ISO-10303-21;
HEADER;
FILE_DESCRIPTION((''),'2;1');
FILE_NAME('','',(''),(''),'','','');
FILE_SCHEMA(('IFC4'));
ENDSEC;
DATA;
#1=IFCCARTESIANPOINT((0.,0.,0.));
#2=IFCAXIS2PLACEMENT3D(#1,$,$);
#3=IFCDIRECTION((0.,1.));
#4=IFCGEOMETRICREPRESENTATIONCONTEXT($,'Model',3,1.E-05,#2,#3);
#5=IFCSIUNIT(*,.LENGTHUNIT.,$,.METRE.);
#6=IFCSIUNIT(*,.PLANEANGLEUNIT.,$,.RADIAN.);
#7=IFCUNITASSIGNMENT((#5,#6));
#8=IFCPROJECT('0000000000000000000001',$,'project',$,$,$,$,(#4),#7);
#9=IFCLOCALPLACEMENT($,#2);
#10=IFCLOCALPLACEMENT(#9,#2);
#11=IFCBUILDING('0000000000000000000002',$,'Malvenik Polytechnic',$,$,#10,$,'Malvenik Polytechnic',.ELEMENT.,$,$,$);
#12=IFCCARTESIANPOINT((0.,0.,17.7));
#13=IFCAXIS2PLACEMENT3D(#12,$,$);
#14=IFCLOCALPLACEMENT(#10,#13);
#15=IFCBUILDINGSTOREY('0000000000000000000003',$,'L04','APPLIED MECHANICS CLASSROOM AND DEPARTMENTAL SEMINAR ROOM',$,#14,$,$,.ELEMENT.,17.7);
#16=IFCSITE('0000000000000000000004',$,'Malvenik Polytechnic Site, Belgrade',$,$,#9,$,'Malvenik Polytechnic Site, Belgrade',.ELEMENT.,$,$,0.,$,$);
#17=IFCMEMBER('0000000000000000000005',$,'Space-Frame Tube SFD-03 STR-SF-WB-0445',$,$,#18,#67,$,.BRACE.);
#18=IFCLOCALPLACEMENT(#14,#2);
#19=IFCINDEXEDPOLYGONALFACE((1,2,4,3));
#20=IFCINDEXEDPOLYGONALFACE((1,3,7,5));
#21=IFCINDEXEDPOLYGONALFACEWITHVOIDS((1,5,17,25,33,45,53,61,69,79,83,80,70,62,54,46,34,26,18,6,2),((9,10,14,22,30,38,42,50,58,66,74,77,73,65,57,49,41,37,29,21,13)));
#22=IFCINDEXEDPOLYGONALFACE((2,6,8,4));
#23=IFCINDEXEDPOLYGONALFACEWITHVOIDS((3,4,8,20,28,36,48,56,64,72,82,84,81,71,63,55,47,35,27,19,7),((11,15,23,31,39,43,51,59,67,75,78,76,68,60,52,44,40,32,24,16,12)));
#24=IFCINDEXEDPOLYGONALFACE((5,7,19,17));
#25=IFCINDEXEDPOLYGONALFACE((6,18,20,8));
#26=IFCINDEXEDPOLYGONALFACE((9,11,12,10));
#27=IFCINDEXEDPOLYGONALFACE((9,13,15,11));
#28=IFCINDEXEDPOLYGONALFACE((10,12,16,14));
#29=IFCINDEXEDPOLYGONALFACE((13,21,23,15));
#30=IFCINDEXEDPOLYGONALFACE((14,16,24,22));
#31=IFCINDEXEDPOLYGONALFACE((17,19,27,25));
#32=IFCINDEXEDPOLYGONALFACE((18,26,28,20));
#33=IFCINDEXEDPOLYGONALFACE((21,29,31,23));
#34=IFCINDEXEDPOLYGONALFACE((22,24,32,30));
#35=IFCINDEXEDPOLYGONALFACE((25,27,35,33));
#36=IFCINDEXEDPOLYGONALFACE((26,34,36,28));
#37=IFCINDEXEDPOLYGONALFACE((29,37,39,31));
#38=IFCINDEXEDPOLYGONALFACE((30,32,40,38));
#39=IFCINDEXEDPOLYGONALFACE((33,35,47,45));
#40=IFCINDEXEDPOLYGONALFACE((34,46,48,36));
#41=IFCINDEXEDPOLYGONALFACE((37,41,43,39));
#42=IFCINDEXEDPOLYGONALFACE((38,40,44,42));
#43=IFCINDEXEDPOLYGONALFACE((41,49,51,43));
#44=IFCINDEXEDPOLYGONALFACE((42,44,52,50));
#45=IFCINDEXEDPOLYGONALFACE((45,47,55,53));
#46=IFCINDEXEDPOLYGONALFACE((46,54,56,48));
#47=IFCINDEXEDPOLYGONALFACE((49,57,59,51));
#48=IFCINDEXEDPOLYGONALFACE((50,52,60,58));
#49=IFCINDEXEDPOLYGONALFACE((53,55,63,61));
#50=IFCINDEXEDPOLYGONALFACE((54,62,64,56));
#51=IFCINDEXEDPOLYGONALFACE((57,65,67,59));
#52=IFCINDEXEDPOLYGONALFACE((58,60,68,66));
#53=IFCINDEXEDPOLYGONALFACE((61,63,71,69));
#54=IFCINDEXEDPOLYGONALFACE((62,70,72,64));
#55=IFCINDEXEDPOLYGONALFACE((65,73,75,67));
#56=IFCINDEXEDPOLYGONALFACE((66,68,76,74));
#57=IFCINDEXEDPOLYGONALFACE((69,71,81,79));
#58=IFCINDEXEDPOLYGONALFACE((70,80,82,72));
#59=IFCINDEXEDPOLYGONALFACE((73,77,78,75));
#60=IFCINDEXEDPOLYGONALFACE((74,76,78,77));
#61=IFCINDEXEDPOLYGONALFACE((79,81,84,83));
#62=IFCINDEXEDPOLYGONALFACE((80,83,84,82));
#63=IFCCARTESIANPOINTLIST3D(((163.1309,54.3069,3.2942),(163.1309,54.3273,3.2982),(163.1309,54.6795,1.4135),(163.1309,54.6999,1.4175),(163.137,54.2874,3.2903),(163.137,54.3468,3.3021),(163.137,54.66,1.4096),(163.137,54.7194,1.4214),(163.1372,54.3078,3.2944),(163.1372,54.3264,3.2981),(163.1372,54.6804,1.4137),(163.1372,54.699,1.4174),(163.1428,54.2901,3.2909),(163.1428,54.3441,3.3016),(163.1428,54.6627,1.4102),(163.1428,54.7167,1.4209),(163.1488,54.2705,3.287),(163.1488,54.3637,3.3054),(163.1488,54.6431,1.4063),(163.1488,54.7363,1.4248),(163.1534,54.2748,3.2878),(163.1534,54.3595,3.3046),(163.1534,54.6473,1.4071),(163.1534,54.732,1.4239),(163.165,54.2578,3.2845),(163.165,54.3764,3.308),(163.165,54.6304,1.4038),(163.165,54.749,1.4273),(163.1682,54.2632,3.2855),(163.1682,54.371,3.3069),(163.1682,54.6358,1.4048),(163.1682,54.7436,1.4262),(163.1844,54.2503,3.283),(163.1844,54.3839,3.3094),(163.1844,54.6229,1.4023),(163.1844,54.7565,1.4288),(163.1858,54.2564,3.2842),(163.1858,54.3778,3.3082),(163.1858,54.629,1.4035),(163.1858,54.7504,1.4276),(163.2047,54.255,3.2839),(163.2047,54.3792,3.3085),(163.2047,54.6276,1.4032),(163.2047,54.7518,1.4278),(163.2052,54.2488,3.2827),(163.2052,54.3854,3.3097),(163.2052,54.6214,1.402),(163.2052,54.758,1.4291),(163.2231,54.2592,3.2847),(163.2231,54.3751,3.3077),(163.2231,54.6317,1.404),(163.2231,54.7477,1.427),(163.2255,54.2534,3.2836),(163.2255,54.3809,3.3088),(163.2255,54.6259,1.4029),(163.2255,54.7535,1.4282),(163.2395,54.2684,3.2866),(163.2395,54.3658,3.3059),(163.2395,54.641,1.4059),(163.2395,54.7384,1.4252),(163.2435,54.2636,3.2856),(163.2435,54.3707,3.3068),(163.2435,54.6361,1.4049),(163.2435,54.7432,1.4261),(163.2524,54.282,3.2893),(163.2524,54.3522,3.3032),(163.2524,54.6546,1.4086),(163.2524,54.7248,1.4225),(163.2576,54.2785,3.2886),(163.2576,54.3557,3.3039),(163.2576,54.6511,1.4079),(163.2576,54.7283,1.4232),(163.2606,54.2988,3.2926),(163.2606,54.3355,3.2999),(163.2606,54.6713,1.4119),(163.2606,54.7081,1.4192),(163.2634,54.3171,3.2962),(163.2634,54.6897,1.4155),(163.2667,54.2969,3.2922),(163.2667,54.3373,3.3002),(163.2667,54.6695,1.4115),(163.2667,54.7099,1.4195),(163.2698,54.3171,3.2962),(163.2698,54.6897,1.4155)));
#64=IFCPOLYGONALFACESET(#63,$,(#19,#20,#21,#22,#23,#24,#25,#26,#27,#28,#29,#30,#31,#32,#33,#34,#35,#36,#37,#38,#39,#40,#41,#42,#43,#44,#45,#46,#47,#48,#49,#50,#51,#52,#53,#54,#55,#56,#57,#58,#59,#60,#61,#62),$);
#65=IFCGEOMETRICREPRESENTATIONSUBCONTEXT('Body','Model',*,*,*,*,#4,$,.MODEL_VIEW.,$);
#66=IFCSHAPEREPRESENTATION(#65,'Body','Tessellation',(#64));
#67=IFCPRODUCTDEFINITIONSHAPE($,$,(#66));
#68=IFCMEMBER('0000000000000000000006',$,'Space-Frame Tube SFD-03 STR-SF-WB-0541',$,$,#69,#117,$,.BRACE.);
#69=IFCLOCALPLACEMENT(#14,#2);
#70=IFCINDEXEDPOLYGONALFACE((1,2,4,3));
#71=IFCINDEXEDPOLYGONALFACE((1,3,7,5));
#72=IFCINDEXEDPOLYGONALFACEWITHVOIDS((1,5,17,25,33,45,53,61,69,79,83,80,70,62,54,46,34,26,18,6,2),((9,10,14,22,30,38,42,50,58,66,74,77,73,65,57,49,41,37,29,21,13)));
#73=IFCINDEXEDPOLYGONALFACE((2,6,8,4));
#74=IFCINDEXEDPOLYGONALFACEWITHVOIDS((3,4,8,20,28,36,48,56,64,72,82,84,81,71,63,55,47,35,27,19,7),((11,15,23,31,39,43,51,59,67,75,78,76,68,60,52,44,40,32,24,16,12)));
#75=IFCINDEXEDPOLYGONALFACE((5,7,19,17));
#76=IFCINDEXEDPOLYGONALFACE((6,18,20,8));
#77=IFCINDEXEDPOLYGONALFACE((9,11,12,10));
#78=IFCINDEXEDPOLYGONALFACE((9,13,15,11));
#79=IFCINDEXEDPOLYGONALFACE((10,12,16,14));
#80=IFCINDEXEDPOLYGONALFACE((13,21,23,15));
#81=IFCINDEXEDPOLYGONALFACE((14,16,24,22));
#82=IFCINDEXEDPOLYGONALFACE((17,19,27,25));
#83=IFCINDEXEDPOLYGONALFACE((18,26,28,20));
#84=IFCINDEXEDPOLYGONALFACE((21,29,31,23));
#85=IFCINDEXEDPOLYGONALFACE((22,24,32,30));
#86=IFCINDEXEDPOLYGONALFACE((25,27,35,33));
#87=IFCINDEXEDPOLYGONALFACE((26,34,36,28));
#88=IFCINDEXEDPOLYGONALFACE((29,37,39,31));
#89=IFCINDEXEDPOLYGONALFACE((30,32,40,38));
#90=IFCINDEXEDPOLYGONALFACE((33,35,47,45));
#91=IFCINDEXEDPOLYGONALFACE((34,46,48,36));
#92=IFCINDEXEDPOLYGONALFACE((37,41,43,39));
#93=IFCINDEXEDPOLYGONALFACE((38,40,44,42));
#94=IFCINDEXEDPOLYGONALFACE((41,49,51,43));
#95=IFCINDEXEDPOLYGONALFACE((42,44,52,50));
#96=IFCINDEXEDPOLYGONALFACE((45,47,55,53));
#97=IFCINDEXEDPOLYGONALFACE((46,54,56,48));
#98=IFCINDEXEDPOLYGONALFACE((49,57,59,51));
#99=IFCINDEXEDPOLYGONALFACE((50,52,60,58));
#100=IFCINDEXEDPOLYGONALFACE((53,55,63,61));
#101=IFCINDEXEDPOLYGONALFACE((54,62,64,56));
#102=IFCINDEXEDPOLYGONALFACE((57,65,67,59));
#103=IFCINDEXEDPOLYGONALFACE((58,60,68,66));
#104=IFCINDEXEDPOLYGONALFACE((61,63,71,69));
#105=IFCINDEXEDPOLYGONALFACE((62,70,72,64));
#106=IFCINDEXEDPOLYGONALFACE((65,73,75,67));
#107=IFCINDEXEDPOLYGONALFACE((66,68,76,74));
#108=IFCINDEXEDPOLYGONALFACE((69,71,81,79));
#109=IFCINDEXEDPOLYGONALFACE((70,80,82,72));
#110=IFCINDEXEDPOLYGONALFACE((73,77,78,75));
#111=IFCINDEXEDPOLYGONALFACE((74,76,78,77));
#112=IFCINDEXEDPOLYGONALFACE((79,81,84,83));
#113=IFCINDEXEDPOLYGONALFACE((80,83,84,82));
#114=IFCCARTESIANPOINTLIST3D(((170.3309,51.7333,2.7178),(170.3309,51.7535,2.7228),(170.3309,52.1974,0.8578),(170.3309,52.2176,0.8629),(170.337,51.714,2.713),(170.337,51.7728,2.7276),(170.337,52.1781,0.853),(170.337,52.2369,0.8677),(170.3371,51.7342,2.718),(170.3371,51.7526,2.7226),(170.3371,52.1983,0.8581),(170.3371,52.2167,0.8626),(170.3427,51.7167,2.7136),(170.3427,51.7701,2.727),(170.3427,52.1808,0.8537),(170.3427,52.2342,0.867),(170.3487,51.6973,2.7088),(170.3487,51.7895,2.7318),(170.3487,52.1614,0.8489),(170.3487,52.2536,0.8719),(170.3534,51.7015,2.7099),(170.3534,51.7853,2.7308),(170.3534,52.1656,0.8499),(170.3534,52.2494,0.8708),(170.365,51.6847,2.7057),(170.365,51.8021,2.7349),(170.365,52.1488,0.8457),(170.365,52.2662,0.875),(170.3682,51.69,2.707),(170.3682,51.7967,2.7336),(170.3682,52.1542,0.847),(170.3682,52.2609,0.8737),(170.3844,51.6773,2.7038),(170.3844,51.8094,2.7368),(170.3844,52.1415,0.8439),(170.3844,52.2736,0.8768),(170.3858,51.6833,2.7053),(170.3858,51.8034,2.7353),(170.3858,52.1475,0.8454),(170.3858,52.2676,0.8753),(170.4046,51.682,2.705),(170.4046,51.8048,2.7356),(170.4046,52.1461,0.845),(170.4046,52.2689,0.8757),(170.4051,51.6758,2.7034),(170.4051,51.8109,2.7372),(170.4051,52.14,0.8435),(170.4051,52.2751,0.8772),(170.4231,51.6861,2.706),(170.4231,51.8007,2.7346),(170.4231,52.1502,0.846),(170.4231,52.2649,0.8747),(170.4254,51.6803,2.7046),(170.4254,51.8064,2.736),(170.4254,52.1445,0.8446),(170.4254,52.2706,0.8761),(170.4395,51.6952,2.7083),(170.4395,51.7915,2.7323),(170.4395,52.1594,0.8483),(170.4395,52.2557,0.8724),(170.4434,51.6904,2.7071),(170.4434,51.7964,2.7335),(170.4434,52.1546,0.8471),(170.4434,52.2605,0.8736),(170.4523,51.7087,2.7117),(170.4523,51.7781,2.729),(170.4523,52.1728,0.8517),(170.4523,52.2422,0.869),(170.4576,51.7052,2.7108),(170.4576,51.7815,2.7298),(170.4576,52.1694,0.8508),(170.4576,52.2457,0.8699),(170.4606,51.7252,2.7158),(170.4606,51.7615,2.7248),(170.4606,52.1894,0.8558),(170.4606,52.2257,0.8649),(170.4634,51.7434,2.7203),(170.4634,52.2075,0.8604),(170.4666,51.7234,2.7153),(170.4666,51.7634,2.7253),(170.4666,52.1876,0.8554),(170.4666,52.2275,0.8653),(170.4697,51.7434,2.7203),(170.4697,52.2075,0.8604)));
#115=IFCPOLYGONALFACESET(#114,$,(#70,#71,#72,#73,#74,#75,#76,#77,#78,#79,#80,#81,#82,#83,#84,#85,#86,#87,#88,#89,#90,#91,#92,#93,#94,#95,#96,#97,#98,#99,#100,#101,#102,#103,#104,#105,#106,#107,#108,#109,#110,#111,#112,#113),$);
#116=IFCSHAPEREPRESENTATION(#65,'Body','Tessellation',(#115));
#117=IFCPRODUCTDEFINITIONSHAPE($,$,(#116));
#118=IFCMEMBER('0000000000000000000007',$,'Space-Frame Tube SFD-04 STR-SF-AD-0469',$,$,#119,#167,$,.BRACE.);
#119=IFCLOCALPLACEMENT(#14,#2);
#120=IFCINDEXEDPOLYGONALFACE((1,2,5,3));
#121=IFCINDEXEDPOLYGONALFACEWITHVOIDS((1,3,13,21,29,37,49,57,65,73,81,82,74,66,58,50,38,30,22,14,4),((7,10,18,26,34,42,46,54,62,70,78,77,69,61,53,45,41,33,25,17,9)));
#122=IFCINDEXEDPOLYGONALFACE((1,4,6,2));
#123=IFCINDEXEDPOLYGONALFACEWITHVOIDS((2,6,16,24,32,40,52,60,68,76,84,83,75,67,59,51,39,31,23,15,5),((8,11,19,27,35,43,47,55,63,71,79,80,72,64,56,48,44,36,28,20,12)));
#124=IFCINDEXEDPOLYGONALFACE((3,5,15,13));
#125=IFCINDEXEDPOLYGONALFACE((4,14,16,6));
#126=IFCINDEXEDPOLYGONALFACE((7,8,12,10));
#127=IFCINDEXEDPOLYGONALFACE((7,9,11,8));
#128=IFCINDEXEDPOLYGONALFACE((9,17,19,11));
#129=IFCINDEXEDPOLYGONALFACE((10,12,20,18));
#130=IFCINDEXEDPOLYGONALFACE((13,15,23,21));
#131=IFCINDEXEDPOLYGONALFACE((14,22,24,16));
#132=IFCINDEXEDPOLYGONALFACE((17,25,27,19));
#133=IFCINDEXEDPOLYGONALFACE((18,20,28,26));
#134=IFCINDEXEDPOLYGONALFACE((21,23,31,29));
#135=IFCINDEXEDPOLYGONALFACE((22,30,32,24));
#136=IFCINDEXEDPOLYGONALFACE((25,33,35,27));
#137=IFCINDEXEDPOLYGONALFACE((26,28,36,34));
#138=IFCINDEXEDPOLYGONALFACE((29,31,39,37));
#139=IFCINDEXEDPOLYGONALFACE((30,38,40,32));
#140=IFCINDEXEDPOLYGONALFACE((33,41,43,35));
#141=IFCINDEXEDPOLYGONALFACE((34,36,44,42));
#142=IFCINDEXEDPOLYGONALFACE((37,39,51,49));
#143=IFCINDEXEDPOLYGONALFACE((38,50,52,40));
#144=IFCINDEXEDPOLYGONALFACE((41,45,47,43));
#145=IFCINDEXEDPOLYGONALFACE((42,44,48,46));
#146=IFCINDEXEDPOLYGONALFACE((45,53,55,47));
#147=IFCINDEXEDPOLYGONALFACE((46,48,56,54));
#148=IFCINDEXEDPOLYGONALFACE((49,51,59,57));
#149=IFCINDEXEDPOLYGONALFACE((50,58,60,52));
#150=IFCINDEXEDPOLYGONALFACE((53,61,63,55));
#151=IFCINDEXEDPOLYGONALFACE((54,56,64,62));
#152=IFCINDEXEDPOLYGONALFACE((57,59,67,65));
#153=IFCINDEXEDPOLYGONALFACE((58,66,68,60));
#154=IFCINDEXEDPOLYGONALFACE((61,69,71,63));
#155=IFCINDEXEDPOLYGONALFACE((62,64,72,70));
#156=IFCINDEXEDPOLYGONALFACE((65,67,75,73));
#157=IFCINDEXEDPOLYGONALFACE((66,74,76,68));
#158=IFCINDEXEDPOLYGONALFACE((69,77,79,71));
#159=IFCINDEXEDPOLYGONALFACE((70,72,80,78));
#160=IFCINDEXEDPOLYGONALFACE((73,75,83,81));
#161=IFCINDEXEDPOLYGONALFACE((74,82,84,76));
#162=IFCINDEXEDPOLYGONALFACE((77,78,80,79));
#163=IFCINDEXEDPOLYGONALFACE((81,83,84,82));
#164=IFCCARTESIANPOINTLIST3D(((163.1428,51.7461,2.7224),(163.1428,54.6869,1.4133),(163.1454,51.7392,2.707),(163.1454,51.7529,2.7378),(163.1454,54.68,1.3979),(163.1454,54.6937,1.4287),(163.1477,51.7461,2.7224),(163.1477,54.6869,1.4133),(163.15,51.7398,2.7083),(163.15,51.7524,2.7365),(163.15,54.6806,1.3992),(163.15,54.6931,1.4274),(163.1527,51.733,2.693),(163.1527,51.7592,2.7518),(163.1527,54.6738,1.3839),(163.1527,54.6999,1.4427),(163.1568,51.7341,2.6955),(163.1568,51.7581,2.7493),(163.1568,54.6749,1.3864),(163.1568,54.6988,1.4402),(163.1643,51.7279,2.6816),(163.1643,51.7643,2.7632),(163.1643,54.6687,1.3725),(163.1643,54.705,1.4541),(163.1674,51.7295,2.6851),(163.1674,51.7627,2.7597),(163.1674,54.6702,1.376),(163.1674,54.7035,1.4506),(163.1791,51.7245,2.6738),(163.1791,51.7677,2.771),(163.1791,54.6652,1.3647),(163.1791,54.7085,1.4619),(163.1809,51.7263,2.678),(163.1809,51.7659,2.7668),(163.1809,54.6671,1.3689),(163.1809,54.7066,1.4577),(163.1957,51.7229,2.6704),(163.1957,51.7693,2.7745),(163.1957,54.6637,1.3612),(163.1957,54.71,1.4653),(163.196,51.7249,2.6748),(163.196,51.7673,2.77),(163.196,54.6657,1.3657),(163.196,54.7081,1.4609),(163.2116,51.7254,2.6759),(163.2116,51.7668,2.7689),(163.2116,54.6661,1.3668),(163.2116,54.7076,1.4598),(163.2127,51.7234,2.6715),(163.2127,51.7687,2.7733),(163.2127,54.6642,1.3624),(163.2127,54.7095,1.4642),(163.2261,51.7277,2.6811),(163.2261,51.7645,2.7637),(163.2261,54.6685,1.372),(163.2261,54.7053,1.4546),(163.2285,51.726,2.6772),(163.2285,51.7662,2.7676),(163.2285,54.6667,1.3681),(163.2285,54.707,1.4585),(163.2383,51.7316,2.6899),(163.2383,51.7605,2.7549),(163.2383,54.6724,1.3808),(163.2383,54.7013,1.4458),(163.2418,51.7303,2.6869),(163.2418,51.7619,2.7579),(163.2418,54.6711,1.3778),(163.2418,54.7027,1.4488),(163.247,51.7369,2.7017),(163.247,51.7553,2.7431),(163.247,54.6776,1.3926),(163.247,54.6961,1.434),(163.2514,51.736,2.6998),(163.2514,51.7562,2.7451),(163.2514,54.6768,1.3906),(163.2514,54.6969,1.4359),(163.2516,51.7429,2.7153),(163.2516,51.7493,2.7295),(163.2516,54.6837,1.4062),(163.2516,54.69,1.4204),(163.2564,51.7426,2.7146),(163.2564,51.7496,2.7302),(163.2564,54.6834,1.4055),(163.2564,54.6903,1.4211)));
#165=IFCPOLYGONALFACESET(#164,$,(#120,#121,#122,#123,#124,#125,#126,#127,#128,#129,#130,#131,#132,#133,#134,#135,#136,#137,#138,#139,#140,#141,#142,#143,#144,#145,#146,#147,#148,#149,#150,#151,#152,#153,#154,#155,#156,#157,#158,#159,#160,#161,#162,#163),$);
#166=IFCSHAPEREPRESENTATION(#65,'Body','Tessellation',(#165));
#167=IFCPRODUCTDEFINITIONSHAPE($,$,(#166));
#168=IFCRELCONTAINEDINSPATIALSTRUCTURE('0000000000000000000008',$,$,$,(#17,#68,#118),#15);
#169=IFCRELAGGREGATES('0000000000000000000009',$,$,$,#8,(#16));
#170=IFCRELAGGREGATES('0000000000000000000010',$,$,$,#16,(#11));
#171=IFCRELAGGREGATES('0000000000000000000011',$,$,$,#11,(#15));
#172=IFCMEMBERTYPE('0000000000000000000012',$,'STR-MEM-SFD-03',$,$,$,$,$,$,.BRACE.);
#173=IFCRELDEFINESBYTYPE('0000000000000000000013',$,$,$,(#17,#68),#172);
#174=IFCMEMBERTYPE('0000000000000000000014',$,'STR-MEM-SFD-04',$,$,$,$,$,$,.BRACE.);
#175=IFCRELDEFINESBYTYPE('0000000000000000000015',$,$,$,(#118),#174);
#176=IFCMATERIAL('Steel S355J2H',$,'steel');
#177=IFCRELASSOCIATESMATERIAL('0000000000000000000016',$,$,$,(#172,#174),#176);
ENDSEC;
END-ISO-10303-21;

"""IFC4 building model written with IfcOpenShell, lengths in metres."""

from ifc_helpers import new_model, si_unit, direction, frame, origin, origin_2d, place, context, subcontext, project, spatial, hollow_circle, extrude, material, material_profile, profile_set, type_object, element, save


model = new_model("IFC4")

# Units and contexts
model_context = context("Model", 3, precision=1e-05, world=origin(), true_north=direction((0.0, 1.0)))
body_context = subcontext(model_context, "Body", "Model", "MODEL_VIEW")
ifc_project = project(units=[si_unit("LENGTHUNIT", "METRE"), si_unit("PLANEANGLEUNIT", "RADIAN")], contexts=[model_context])

# Site, building, storey
site_placement = place(None, origin())
site = spatial("IfcSite", under=ifc_project, at=site_placement, Name="Malvenik Polytechnic Site, Belgrade", LongName="Malvenik Polytechnic Site, Belgrade", CompositionType="ELEMENT", RefElevation=0.0)
building_placement = place(site_placement, origin())
building = spatial("IfcBuilding", under=site, at=building_placement, Name="Malvenik Polytechnic", LongName="Malvenik Polytechnic", CompositionType="ELEMENT")
storey_placement = place(building_placement, frame((0.0, 0.0, 17.7)))
storey = spatial("IfcBuildingStorey", under=building, at=storey_placement, Name="L04", Description="APPLIED MECHANICS CLASSROOM AND DEPARTMENTAL SEMINAR ROOM", CompositionType="ELEMENT", Elevation=17.7)

# Members
ifc_material = material(Name="Steel S355J2H", Category="steel")
ifc_material_profile_1 = material_profile(ifc_material, hollow_circle(Radius=0.0698, WallThickness=0.0063, at=origin_2d()), Name="CHS 139.7x6.3")
ifc_profile_set_1 = profile_set([ifc_material_profile_1], Name="Steel S355J2H")
member_type_1 = type_object("IfcMemberType", Name="STR-MEM-SFD-03", PredefinedType="BRACE", material=ifc_profile_set_1)
member_1_placement = place(storey_placement, frame((163.2, 54.6897, 1.4155), z_axis=(0.0, -0.194328, 0.980937), x_axis=(1.0, 0.0, 0.0)))
element("IfcMember", 1, at=member_1_placement, inside=storey, type_object=member_type_1, Name="Space-Frame Tube SFD-03 STR-SF-WB-0445", PredefinedType="BRACE", context=body_context, shape_type="SweptSolid", body=[
    extrude(hollow_circle(Radius=0.0698, WallThickness=0.0063, at=origin_2d()), origin(), (0.0, 0.0, 1.0), 1.9172),
])
member_2_placement = place(storey_placement, frame((170.3999, 52.2075, 0.8604), z_axis=(0.0, -0.242116, 0.970247), x_axis=(1.0, 0.0, 0.0)))
element("IfcMember", 2, at=member_2_placement, inside=storey, type_object=member_type_1, Name="Space-Frame Tube SFD-03 STR-SF-WB-0541", PredefinedType="BRACE", context=body_context, shape_type="SweptSolid", body=[
    extrude(hollow_circle(Radius=0.0698, WallThickness=0.0063, at=origin_2d()), origin(), (0.0, 0.0, 1.0), 1.917),
])
ifc_material_profile_2 = material_profile(ifc_material, hollow_circle(Radius=0.0571, WallThickness=0.0049, at=origin_2d()), Name="CHS 114.3x5.0")
ifc_profile_set_2 = profile_set([ifc_material_profile_2], Name="Steel S355J2H")
member_type_2 = type_object("IfcMemberType", Name="STR-MEM-SFD-04", PredefinedType="BRACE", material=ifc_profile_set_2)
for number, where, z_axis, x_axis, name in (
    (3, (163.2, 51.7461, 2.7224), (0.0, 0.913567, -0.406687), (-1.0, 0.0, 0.0), "Space-Frame Tube SFD-04 STR-SF-AD-0469"),
):
    element("IfcMember", number, at=place(storey_placement, frame(where, z_axis=z_axis, x_axis=x_axis)), inside=storey, type_object=member_type_2, Name=name, PredefinedType="BRACE", context=body_context, shape_type="SweptSolid", body=[
        extrude(hollow_circle(Radius=0.0571, WallThickness=0.0049, at=origin_2d()), origin(), (0.0, 0.0, 1.0), 3.219),
    ])

save(model, "model.ifc")
